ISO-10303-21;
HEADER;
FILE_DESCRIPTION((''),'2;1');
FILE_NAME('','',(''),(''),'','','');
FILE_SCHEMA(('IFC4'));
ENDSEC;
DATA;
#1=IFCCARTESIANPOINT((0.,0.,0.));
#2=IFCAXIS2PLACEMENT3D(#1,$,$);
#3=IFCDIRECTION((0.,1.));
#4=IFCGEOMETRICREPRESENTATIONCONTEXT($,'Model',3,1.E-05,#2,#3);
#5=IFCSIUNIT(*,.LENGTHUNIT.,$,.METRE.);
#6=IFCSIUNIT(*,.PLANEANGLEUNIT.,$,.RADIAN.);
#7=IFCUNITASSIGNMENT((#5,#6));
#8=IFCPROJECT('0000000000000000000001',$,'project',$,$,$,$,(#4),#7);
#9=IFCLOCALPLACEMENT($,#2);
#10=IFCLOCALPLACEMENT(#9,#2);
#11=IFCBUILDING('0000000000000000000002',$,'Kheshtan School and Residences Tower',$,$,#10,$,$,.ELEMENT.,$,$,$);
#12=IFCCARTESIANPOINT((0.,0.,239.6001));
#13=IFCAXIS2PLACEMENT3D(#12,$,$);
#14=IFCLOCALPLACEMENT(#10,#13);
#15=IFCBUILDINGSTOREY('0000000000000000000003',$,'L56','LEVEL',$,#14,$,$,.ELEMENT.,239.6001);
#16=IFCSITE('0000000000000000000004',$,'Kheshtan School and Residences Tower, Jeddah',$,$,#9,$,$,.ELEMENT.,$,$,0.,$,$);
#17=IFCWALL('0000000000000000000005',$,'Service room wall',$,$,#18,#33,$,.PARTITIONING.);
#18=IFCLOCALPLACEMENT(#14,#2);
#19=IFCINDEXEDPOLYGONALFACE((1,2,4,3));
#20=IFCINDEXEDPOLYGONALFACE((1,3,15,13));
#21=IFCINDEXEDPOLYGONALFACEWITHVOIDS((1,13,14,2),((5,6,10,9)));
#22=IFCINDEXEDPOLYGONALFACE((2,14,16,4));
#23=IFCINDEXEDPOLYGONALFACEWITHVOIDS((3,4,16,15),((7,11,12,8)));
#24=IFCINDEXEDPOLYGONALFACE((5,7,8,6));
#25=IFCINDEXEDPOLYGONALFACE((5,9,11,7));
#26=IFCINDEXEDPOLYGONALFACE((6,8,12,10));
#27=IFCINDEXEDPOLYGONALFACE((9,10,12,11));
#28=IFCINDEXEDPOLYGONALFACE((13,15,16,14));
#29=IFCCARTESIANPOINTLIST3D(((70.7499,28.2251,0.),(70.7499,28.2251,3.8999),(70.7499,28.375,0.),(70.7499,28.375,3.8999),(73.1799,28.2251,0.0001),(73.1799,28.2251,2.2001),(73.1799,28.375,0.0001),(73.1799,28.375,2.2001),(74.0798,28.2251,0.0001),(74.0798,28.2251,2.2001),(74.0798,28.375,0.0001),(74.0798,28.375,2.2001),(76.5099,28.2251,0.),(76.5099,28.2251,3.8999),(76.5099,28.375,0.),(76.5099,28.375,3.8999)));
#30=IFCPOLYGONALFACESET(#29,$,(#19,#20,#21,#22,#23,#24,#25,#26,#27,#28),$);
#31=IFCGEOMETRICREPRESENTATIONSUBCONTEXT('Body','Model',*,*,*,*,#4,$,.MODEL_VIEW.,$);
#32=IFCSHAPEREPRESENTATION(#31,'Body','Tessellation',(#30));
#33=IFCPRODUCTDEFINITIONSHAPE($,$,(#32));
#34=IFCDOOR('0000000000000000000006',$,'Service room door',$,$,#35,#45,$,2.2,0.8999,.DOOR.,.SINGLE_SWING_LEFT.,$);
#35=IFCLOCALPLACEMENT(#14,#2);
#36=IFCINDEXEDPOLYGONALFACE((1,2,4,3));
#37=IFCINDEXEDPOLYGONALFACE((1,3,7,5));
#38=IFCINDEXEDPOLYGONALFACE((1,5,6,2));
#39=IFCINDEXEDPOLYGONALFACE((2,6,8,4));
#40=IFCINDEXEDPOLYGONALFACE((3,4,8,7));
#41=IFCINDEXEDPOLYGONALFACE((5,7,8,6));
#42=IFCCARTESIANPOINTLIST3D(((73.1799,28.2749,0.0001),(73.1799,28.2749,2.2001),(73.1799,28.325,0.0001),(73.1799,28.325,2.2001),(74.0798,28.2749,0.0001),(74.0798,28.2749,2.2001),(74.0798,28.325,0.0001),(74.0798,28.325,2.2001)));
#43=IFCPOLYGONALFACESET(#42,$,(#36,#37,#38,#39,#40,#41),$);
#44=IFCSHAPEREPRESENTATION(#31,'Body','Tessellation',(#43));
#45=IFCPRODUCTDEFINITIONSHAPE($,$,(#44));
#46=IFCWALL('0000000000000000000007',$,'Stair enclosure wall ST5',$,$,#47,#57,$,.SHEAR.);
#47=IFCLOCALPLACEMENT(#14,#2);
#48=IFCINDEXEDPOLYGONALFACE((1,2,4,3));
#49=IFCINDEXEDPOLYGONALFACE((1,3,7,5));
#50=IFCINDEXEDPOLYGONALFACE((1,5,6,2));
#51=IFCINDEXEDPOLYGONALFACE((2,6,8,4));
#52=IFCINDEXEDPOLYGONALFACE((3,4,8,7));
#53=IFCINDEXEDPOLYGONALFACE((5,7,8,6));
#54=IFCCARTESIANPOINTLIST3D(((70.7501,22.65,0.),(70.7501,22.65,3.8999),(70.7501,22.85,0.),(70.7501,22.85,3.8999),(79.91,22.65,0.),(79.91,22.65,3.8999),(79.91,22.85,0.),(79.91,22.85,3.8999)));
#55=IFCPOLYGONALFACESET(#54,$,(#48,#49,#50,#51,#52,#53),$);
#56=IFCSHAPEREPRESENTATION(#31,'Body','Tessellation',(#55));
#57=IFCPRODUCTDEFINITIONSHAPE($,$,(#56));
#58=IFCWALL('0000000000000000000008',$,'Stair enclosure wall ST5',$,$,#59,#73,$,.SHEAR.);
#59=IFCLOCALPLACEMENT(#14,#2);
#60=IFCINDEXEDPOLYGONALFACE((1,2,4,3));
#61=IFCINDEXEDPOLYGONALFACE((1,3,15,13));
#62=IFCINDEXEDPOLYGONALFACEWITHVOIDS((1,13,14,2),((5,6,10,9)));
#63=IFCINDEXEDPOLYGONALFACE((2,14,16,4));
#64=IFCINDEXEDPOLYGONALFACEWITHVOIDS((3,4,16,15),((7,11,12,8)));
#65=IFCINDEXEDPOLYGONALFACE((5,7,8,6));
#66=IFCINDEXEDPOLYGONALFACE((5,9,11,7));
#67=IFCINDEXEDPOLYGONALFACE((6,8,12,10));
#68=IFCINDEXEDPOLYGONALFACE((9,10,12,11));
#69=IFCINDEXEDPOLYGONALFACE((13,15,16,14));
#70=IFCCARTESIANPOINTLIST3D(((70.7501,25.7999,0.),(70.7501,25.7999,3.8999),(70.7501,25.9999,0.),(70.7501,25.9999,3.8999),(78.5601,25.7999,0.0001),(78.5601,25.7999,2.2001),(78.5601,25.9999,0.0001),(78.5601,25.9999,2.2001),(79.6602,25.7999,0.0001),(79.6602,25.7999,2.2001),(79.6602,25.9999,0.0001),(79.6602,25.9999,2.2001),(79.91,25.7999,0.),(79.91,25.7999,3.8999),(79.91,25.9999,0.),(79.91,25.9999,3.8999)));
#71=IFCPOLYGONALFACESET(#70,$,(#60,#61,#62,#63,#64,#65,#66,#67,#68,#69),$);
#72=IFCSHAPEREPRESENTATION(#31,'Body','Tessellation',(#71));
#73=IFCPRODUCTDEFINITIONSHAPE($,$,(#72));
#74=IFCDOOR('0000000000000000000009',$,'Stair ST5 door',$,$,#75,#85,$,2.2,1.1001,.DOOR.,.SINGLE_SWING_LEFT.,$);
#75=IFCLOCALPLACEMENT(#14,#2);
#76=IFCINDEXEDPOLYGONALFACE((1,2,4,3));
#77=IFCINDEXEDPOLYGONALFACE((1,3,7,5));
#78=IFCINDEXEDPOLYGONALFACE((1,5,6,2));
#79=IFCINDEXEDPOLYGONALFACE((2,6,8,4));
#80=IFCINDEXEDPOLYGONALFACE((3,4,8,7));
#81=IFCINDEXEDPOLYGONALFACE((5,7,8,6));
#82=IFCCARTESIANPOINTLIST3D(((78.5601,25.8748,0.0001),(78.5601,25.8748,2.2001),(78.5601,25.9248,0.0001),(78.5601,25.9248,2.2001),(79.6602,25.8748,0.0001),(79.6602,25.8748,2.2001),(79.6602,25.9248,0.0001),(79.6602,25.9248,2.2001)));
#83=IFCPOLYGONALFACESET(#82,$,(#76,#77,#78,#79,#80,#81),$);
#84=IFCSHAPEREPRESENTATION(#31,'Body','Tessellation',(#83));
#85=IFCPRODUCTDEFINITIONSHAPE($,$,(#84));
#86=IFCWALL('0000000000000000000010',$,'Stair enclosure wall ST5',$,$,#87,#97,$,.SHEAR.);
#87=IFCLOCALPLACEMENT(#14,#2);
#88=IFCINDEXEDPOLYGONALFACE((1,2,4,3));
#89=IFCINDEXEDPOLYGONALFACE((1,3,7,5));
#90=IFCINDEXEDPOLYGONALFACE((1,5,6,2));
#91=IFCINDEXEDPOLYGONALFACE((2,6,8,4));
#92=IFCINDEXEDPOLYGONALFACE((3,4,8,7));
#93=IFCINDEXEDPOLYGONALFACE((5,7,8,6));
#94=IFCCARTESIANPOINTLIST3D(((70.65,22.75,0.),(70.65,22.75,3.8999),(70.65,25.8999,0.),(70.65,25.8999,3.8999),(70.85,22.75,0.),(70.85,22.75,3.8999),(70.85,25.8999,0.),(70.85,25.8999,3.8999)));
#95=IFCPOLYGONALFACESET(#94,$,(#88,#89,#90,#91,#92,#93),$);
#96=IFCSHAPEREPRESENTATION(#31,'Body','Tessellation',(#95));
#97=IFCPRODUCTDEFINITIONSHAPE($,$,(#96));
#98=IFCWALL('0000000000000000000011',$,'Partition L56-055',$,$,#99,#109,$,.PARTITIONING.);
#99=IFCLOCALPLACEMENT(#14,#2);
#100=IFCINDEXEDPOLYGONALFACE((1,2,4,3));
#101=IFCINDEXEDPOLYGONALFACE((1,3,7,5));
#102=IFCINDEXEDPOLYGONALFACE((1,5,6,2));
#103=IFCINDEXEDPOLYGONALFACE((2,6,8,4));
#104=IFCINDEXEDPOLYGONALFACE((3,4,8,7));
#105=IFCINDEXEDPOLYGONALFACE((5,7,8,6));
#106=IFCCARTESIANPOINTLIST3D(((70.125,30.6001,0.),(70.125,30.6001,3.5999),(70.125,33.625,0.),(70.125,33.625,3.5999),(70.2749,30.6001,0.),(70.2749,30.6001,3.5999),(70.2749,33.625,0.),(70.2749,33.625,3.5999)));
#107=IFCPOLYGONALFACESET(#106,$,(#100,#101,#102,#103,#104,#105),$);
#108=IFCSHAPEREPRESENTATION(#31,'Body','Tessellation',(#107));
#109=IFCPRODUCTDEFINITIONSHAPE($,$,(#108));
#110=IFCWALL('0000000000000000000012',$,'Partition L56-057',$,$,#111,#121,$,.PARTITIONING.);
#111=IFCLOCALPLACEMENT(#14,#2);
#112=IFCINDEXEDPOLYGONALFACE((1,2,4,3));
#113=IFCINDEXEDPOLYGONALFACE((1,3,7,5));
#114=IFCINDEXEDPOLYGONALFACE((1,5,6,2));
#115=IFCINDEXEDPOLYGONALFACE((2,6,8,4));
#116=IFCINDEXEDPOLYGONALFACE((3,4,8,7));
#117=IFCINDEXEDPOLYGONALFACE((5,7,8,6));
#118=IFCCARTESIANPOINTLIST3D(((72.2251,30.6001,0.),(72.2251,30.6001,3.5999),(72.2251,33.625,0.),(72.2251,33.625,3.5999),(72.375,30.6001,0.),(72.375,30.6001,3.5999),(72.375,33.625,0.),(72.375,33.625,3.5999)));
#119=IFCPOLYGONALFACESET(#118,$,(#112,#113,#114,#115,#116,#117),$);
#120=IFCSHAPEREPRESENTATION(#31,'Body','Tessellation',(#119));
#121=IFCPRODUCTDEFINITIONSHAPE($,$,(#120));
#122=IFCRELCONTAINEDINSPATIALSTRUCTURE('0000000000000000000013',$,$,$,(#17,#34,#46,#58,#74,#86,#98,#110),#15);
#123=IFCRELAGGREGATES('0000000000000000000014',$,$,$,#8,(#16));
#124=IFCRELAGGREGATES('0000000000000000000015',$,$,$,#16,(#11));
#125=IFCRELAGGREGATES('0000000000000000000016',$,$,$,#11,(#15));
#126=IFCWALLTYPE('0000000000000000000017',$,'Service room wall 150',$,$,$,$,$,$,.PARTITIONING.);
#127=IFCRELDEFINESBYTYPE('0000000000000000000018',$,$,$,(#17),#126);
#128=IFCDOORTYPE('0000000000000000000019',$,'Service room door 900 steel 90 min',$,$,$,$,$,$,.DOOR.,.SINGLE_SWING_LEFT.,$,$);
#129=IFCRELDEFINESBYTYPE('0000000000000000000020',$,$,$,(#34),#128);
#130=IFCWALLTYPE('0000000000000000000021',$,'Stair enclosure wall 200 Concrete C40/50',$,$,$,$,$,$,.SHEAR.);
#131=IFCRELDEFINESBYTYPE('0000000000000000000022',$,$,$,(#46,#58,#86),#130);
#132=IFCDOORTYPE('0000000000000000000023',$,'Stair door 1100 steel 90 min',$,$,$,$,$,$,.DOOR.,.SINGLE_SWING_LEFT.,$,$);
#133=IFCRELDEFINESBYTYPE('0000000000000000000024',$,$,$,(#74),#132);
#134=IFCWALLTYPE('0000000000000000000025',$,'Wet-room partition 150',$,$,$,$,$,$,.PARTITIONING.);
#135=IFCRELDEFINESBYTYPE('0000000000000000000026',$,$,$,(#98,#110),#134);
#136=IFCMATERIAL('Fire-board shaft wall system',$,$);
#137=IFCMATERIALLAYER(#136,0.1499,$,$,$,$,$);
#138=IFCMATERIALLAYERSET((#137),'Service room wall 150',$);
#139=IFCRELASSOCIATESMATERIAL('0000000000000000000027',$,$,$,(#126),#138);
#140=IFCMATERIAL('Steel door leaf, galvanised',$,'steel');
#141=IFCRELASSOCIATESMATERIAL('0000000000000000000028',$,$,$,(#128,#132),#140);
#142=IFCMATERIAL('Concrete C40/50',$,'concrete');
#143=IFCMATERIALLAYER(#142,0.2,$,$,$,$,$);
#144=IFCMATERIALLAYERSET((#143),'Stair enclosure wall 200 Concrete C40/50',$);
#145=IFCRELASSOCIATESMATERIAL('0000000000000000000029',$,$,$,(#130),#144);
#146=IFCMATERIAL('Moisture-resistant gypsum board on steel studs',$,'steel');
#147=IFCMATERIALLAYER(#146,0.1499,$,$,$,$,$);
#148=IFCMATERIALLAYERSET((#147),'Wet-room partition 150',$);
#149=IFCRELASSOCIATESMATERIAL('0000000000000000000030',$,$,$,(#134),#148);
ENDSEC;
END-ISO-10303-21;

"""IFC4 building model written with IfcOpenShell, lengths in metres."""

from ifc_helpers import new_model, si_unit, direction, frame, frame_2d, origin, place, context, subcontext, project, spatial, rectangle, extrude, source, transform, mapped, material, layer, layer_set, type_object, element, fill, save


model = new_model("IFC4")

# Units and contexts
model_context = context("Model", 3, precision=1e-05, world=origin(), true_north=direction((0.0, 1.0)))
body_context = subcontext(model_context, "Body", "Model", "MODEL_VIEW")
ifc_project = project(units=[si_unit("LENGTHUNIT", "METRE"), si_unit("PLANEANGLEUNIT", "RADIAN")], contexts=[model_context])

# Site, building, storey
site_placement = place(None, origin())
site = spatial("IfcSite", under=ifc_project, at=site_placement, Name="Kheshtan School and Residences Tower, Jeddah", CompositionType="ELEMENT", RefElevation=0.0)
building_placement = place(site_placement, origin())
building = spatial("IfcBuilding", under=site, at=building_placement, Name="Kheshtan School and Residences Tower", CompositionType="ELEMENT")
storey_placement = place(building_placement, frame((0.0, 0.0, 239.6001)))
storey = spatial("IfcBuildingStorey", under=building, at=storey_placement, Name="L56", Description="LEVEL", CompositionType="ELEMENT", Elevation=239.6001)

# Shared definitions
ifc_material_1 = material(Name="Fire-board shaft wall system")
ifc_layer_1 = layer(ifc_material_1, 0.1499)
ifc_layer_set_1 = layer_set([ifc_layer_1], Name="Service room wall 150")
wall_type_1 = type_object("IfcWallType", Name="Service room wall 150", PredefinedType="PARTITIONING", material=ifc_layer_set_1)

# Wall, opening, door
wall_1_placement = place(storey_placement, frame((70.75, 28.3, 0.0), z_axis=(0.0, 0.0, 1.0), x_axis=(1.0, 0.0, 0.0)))
wall_1 = element("IfcWall", 1, at=wall_1_placement, inside=storey, type_object=wall_type_1, Name="Service room wall", PredefinedType="PARTITIONING", context=body_context, shape_type="SweptSolid", body=[
    extrude(rectangle(XDim=5.76, YDim=0.1499, at=frame_2d((2.8799, 0.0))), origin(), (0.0, 0.0, 1.0), 3.8999),
])
opening_1_placement = place(wall_1_placement, frame((2.4299, 0.0, 0.0)))
opening_1 = element("IfcOpeningElement", 2, at=opening_1_placement, cuts=wall_1, PredefinedType="OPENING", context=body_context, shape_type="SweptSolid", body=[
    extrude(rectangle(XDim=0.8999, YDim=2.2, at=frame_2d((0.45, 1.1001))), frame((0.0, 0.085, 0.0), z_axis=(0.0, -1.0, 0.0), x_axis=(1.0, 0.0, 0.0)), (0.0, 0.0, 1.0), 0.1699),
])
ifc_material_2 = material(Name="Steel door leaf, galvanised", Category="steel")
door_type_1 = type_object("IfcDoorType", Name="Service room door 900 steel 90 min", OperationType="SINGLE_SWING_LEFT", PredefinedType="DOOR", material=ifc_material_2)
shared_shape_1 = source(origin(), body_context, "Body", "SweptSolid", [
    extrude(rectangle(XDim=0.8999, YDim=2.2, at=frame_2d((0.45, 1.1001))), frame((0.0, 0.0249, 0.0), z_axis=(0.0, -1.0, 0.0), x_axis=(1.0, 0.0, 0.0)), (0.0, 0.0, 1.0), 0.05),
])
door_1_placement = place(opening_1_placement, origin())
door_1 = element("IfcDoor", 3, at=door_1_placement, inside=storey, type_object=door_type_1, Name="Service room door", OperationType="SINGLE_SWING_LEFT", OverallHeight=2.2, OverallWidth=0.8999, PredefinedType="DOOR", context=body_context, shape_type="MappedRepresentation", body=[
    mapped(shared_shape_1, transform((0.0, 0.0, 0.0), x_axis=(1.0, 0.0, 0.0), y_axis=(0.0, 1.0, 0.0), z_axis=(0.0, 0.0, 1.0), scale=1.0)),
])
fill(opening_1, door_1)

# Wall
ifc_material_3 = material(Name="Concrete C40/50", Category="concrete")
ifc_layer_2 = layer(ifc_material_3, 0.2)
ifc_layer_set_2 = layer_set([ifc_layer_2], Name="Stair enclosure wall 200 Concrete C40/50")
wall_type_2 = type_object("IfcWallType", Name="Stair enclosure wall 200 Concrete C40/50", PredefinedType="SHEAR", material=ifc_layer_set_2)
wall_2_placement = place(storey_placement, frame((70.75, 22.75, 0.0), z_axis=(0.0, 0.0, 1.0), x_axis=(1.0, 0.0, 0.0)))
element("IfcWall", 4, at=wall_2_placement, inside=storey, type_object=wall_type_2, Name="Stair enclosure wall ST5", PredefinedType="SHEAR", context=body_context, shape_type="SweptSolid", body=[
    extrude(rectangle(XDim=9.1599, YDim=0.2, at=frame_2d((4.5801, 0.0))), origin(), (0.0, 0.0, 1.0), 3.8999),
])

# Wall, opening, door
wall_3_placement = place(storey_placement, frame((70.75, 25.8999, 0.0), z_axis=(0.0, 0.0, 1.0), x_axis=(1.0, 0.0, 0.0)))
wall_3 = element("IfcWall", 5, at=wall_3_placement, inside=storey, type_object=wall_type_2, Name="Stair enclosure wall ST5", PredefinedType="SHEAR", context=body_context, shape_type="SweptSolid", body=[
    extrude(rectangle(XDim=9.1599, YDim=0.2, at=frame_2d((4.5801, 0.0))), origin(), (0.0, 0.0, 1.0), 3.8999),
])
opening_2_placement = place(wall_3_placement, frame((7.8101, 0.0, 0.0)))
opening_2 = element("IfcOpeningElement", 6, at=opening_2_placement, cuts=wall_3, PredefinedType="OPENING", context=body_context, shape_type="SweptSolid", body=[
    extrude(rectangle(XDim=1.1001, YDim=2.2, at=frame_2d((0.55, 1.1001))), frame((0.0, 0.1099, 0.0), z_axis=(0.0, -1.0, 0.0), x_axis=(1.0, 0.0, 0.0)), (0.0, 0.0, 1.0), 0.22),
])
door_type_2 = type_object("IfcDoorType", Name="Stair door 1100 steel 90 min", OperationType="SINGLE_SWING_LEFT", PredefinedType="DOOR", material=ifc_material_2)
shared_shape_2 = source(origin(), body_context, "Body", "SweptSolid", [
    extrude(rectangle(XDim=1.1001, YDim=2.2, at=frame_2d((0.55, 1.1001))), frame((0.0, 0.0249, 0.0), z_axis=(0.0, -1.0, 0.0), x_axis=(1.0, 0.0, 0.0)), (0.0, 0.0, 1.0), 0.05),
])
door_2_placement = place(opening_2_placement, origin())
door_2 = element("IfcDoor", 7, at=door_2_placement, inside=storey, type_object=door_type_2, Name="Stair ST5 door", OperationType="SINGLE_SWING_LEFT", OverallHeight=2.2, OverallWidth=1.1001, PredefinedType="DOOR", context=body_context, shape_type="MappedRepresentation", body=[
    mapped(shared_shape_2, transform((0.0, 0.0, 0.0), x_axis=(1.0, 0.0, 0.0), y_axis=(0.0, 1.0, 0.0), z_axis=(0.0, 0.0, 1.0), scale=1.0)),
])
fill(opening_2, door_2)

# Walls
wall_4_placement = place(storey_placement, frame((70.75, 22.75, 0.0), z_axis=(0.0, 0.0, 1.0), x_axis=(0.0, 1.0, 0.0)))
element("IfcWall", 8, at=wall_4_placement, inside=storey, type_object=wall_type_2, Name="Stair enclosure wall ST5", PredefinedType="SHEAR", context=body_context, shape_type="SweptSolid", body=[
    extrude(rectangle(XDim=3.1499, YDim=0.2, at=frame_2d((1.575, 0.0))), origin(), (0.0, 0.0, 1.0), 3.8999),
])
ifc_material_4 = material(Name="Moisture-resistant gypsum board on steel studs", Category="steel")
ifc_layer_3 = layer(ifc_material_4, 0.1499)
ifc_layer_set_3 = layer_set([ifc_layer_3], Name="Wet-room partition 150")
wall_type_3 = type_object("IfcWallType", Name="Wet-room partition 150", PredefinedType="PARTITIONING", material=ifc_layer_set_3)
for number, where, z_axis, x_axis, name in (
    (9, (70.2, 30.6001, 0.0), (0.0, 0.0, 1.0), (0.0, 1.0, 0.0), "Partition L56-055"),
    (10, (72.3, 30.6001, 0.0), (0.0, 0.0, 1.0), (0.0, 1.0, 0.0), "Partition L56-057"),
):
    element("IfcWall", number, at=place(storey_placement, frame(where, z_axis=z_axis, x_axis=x_axis)), inside=storey, type_object=wall_type_3, Name=name, PredefinedType="PARTITIONING", context=body_context, shape_type="SweptSolid", body=[
        extrude(rectangle(XDim=3.0249, YDim=0.1499, at=frame_2d((1.5125, 0.0))), origin(), (0.0, 0.0, 1.0), 3.5999),
    ])

save(model, "model.ifc")
